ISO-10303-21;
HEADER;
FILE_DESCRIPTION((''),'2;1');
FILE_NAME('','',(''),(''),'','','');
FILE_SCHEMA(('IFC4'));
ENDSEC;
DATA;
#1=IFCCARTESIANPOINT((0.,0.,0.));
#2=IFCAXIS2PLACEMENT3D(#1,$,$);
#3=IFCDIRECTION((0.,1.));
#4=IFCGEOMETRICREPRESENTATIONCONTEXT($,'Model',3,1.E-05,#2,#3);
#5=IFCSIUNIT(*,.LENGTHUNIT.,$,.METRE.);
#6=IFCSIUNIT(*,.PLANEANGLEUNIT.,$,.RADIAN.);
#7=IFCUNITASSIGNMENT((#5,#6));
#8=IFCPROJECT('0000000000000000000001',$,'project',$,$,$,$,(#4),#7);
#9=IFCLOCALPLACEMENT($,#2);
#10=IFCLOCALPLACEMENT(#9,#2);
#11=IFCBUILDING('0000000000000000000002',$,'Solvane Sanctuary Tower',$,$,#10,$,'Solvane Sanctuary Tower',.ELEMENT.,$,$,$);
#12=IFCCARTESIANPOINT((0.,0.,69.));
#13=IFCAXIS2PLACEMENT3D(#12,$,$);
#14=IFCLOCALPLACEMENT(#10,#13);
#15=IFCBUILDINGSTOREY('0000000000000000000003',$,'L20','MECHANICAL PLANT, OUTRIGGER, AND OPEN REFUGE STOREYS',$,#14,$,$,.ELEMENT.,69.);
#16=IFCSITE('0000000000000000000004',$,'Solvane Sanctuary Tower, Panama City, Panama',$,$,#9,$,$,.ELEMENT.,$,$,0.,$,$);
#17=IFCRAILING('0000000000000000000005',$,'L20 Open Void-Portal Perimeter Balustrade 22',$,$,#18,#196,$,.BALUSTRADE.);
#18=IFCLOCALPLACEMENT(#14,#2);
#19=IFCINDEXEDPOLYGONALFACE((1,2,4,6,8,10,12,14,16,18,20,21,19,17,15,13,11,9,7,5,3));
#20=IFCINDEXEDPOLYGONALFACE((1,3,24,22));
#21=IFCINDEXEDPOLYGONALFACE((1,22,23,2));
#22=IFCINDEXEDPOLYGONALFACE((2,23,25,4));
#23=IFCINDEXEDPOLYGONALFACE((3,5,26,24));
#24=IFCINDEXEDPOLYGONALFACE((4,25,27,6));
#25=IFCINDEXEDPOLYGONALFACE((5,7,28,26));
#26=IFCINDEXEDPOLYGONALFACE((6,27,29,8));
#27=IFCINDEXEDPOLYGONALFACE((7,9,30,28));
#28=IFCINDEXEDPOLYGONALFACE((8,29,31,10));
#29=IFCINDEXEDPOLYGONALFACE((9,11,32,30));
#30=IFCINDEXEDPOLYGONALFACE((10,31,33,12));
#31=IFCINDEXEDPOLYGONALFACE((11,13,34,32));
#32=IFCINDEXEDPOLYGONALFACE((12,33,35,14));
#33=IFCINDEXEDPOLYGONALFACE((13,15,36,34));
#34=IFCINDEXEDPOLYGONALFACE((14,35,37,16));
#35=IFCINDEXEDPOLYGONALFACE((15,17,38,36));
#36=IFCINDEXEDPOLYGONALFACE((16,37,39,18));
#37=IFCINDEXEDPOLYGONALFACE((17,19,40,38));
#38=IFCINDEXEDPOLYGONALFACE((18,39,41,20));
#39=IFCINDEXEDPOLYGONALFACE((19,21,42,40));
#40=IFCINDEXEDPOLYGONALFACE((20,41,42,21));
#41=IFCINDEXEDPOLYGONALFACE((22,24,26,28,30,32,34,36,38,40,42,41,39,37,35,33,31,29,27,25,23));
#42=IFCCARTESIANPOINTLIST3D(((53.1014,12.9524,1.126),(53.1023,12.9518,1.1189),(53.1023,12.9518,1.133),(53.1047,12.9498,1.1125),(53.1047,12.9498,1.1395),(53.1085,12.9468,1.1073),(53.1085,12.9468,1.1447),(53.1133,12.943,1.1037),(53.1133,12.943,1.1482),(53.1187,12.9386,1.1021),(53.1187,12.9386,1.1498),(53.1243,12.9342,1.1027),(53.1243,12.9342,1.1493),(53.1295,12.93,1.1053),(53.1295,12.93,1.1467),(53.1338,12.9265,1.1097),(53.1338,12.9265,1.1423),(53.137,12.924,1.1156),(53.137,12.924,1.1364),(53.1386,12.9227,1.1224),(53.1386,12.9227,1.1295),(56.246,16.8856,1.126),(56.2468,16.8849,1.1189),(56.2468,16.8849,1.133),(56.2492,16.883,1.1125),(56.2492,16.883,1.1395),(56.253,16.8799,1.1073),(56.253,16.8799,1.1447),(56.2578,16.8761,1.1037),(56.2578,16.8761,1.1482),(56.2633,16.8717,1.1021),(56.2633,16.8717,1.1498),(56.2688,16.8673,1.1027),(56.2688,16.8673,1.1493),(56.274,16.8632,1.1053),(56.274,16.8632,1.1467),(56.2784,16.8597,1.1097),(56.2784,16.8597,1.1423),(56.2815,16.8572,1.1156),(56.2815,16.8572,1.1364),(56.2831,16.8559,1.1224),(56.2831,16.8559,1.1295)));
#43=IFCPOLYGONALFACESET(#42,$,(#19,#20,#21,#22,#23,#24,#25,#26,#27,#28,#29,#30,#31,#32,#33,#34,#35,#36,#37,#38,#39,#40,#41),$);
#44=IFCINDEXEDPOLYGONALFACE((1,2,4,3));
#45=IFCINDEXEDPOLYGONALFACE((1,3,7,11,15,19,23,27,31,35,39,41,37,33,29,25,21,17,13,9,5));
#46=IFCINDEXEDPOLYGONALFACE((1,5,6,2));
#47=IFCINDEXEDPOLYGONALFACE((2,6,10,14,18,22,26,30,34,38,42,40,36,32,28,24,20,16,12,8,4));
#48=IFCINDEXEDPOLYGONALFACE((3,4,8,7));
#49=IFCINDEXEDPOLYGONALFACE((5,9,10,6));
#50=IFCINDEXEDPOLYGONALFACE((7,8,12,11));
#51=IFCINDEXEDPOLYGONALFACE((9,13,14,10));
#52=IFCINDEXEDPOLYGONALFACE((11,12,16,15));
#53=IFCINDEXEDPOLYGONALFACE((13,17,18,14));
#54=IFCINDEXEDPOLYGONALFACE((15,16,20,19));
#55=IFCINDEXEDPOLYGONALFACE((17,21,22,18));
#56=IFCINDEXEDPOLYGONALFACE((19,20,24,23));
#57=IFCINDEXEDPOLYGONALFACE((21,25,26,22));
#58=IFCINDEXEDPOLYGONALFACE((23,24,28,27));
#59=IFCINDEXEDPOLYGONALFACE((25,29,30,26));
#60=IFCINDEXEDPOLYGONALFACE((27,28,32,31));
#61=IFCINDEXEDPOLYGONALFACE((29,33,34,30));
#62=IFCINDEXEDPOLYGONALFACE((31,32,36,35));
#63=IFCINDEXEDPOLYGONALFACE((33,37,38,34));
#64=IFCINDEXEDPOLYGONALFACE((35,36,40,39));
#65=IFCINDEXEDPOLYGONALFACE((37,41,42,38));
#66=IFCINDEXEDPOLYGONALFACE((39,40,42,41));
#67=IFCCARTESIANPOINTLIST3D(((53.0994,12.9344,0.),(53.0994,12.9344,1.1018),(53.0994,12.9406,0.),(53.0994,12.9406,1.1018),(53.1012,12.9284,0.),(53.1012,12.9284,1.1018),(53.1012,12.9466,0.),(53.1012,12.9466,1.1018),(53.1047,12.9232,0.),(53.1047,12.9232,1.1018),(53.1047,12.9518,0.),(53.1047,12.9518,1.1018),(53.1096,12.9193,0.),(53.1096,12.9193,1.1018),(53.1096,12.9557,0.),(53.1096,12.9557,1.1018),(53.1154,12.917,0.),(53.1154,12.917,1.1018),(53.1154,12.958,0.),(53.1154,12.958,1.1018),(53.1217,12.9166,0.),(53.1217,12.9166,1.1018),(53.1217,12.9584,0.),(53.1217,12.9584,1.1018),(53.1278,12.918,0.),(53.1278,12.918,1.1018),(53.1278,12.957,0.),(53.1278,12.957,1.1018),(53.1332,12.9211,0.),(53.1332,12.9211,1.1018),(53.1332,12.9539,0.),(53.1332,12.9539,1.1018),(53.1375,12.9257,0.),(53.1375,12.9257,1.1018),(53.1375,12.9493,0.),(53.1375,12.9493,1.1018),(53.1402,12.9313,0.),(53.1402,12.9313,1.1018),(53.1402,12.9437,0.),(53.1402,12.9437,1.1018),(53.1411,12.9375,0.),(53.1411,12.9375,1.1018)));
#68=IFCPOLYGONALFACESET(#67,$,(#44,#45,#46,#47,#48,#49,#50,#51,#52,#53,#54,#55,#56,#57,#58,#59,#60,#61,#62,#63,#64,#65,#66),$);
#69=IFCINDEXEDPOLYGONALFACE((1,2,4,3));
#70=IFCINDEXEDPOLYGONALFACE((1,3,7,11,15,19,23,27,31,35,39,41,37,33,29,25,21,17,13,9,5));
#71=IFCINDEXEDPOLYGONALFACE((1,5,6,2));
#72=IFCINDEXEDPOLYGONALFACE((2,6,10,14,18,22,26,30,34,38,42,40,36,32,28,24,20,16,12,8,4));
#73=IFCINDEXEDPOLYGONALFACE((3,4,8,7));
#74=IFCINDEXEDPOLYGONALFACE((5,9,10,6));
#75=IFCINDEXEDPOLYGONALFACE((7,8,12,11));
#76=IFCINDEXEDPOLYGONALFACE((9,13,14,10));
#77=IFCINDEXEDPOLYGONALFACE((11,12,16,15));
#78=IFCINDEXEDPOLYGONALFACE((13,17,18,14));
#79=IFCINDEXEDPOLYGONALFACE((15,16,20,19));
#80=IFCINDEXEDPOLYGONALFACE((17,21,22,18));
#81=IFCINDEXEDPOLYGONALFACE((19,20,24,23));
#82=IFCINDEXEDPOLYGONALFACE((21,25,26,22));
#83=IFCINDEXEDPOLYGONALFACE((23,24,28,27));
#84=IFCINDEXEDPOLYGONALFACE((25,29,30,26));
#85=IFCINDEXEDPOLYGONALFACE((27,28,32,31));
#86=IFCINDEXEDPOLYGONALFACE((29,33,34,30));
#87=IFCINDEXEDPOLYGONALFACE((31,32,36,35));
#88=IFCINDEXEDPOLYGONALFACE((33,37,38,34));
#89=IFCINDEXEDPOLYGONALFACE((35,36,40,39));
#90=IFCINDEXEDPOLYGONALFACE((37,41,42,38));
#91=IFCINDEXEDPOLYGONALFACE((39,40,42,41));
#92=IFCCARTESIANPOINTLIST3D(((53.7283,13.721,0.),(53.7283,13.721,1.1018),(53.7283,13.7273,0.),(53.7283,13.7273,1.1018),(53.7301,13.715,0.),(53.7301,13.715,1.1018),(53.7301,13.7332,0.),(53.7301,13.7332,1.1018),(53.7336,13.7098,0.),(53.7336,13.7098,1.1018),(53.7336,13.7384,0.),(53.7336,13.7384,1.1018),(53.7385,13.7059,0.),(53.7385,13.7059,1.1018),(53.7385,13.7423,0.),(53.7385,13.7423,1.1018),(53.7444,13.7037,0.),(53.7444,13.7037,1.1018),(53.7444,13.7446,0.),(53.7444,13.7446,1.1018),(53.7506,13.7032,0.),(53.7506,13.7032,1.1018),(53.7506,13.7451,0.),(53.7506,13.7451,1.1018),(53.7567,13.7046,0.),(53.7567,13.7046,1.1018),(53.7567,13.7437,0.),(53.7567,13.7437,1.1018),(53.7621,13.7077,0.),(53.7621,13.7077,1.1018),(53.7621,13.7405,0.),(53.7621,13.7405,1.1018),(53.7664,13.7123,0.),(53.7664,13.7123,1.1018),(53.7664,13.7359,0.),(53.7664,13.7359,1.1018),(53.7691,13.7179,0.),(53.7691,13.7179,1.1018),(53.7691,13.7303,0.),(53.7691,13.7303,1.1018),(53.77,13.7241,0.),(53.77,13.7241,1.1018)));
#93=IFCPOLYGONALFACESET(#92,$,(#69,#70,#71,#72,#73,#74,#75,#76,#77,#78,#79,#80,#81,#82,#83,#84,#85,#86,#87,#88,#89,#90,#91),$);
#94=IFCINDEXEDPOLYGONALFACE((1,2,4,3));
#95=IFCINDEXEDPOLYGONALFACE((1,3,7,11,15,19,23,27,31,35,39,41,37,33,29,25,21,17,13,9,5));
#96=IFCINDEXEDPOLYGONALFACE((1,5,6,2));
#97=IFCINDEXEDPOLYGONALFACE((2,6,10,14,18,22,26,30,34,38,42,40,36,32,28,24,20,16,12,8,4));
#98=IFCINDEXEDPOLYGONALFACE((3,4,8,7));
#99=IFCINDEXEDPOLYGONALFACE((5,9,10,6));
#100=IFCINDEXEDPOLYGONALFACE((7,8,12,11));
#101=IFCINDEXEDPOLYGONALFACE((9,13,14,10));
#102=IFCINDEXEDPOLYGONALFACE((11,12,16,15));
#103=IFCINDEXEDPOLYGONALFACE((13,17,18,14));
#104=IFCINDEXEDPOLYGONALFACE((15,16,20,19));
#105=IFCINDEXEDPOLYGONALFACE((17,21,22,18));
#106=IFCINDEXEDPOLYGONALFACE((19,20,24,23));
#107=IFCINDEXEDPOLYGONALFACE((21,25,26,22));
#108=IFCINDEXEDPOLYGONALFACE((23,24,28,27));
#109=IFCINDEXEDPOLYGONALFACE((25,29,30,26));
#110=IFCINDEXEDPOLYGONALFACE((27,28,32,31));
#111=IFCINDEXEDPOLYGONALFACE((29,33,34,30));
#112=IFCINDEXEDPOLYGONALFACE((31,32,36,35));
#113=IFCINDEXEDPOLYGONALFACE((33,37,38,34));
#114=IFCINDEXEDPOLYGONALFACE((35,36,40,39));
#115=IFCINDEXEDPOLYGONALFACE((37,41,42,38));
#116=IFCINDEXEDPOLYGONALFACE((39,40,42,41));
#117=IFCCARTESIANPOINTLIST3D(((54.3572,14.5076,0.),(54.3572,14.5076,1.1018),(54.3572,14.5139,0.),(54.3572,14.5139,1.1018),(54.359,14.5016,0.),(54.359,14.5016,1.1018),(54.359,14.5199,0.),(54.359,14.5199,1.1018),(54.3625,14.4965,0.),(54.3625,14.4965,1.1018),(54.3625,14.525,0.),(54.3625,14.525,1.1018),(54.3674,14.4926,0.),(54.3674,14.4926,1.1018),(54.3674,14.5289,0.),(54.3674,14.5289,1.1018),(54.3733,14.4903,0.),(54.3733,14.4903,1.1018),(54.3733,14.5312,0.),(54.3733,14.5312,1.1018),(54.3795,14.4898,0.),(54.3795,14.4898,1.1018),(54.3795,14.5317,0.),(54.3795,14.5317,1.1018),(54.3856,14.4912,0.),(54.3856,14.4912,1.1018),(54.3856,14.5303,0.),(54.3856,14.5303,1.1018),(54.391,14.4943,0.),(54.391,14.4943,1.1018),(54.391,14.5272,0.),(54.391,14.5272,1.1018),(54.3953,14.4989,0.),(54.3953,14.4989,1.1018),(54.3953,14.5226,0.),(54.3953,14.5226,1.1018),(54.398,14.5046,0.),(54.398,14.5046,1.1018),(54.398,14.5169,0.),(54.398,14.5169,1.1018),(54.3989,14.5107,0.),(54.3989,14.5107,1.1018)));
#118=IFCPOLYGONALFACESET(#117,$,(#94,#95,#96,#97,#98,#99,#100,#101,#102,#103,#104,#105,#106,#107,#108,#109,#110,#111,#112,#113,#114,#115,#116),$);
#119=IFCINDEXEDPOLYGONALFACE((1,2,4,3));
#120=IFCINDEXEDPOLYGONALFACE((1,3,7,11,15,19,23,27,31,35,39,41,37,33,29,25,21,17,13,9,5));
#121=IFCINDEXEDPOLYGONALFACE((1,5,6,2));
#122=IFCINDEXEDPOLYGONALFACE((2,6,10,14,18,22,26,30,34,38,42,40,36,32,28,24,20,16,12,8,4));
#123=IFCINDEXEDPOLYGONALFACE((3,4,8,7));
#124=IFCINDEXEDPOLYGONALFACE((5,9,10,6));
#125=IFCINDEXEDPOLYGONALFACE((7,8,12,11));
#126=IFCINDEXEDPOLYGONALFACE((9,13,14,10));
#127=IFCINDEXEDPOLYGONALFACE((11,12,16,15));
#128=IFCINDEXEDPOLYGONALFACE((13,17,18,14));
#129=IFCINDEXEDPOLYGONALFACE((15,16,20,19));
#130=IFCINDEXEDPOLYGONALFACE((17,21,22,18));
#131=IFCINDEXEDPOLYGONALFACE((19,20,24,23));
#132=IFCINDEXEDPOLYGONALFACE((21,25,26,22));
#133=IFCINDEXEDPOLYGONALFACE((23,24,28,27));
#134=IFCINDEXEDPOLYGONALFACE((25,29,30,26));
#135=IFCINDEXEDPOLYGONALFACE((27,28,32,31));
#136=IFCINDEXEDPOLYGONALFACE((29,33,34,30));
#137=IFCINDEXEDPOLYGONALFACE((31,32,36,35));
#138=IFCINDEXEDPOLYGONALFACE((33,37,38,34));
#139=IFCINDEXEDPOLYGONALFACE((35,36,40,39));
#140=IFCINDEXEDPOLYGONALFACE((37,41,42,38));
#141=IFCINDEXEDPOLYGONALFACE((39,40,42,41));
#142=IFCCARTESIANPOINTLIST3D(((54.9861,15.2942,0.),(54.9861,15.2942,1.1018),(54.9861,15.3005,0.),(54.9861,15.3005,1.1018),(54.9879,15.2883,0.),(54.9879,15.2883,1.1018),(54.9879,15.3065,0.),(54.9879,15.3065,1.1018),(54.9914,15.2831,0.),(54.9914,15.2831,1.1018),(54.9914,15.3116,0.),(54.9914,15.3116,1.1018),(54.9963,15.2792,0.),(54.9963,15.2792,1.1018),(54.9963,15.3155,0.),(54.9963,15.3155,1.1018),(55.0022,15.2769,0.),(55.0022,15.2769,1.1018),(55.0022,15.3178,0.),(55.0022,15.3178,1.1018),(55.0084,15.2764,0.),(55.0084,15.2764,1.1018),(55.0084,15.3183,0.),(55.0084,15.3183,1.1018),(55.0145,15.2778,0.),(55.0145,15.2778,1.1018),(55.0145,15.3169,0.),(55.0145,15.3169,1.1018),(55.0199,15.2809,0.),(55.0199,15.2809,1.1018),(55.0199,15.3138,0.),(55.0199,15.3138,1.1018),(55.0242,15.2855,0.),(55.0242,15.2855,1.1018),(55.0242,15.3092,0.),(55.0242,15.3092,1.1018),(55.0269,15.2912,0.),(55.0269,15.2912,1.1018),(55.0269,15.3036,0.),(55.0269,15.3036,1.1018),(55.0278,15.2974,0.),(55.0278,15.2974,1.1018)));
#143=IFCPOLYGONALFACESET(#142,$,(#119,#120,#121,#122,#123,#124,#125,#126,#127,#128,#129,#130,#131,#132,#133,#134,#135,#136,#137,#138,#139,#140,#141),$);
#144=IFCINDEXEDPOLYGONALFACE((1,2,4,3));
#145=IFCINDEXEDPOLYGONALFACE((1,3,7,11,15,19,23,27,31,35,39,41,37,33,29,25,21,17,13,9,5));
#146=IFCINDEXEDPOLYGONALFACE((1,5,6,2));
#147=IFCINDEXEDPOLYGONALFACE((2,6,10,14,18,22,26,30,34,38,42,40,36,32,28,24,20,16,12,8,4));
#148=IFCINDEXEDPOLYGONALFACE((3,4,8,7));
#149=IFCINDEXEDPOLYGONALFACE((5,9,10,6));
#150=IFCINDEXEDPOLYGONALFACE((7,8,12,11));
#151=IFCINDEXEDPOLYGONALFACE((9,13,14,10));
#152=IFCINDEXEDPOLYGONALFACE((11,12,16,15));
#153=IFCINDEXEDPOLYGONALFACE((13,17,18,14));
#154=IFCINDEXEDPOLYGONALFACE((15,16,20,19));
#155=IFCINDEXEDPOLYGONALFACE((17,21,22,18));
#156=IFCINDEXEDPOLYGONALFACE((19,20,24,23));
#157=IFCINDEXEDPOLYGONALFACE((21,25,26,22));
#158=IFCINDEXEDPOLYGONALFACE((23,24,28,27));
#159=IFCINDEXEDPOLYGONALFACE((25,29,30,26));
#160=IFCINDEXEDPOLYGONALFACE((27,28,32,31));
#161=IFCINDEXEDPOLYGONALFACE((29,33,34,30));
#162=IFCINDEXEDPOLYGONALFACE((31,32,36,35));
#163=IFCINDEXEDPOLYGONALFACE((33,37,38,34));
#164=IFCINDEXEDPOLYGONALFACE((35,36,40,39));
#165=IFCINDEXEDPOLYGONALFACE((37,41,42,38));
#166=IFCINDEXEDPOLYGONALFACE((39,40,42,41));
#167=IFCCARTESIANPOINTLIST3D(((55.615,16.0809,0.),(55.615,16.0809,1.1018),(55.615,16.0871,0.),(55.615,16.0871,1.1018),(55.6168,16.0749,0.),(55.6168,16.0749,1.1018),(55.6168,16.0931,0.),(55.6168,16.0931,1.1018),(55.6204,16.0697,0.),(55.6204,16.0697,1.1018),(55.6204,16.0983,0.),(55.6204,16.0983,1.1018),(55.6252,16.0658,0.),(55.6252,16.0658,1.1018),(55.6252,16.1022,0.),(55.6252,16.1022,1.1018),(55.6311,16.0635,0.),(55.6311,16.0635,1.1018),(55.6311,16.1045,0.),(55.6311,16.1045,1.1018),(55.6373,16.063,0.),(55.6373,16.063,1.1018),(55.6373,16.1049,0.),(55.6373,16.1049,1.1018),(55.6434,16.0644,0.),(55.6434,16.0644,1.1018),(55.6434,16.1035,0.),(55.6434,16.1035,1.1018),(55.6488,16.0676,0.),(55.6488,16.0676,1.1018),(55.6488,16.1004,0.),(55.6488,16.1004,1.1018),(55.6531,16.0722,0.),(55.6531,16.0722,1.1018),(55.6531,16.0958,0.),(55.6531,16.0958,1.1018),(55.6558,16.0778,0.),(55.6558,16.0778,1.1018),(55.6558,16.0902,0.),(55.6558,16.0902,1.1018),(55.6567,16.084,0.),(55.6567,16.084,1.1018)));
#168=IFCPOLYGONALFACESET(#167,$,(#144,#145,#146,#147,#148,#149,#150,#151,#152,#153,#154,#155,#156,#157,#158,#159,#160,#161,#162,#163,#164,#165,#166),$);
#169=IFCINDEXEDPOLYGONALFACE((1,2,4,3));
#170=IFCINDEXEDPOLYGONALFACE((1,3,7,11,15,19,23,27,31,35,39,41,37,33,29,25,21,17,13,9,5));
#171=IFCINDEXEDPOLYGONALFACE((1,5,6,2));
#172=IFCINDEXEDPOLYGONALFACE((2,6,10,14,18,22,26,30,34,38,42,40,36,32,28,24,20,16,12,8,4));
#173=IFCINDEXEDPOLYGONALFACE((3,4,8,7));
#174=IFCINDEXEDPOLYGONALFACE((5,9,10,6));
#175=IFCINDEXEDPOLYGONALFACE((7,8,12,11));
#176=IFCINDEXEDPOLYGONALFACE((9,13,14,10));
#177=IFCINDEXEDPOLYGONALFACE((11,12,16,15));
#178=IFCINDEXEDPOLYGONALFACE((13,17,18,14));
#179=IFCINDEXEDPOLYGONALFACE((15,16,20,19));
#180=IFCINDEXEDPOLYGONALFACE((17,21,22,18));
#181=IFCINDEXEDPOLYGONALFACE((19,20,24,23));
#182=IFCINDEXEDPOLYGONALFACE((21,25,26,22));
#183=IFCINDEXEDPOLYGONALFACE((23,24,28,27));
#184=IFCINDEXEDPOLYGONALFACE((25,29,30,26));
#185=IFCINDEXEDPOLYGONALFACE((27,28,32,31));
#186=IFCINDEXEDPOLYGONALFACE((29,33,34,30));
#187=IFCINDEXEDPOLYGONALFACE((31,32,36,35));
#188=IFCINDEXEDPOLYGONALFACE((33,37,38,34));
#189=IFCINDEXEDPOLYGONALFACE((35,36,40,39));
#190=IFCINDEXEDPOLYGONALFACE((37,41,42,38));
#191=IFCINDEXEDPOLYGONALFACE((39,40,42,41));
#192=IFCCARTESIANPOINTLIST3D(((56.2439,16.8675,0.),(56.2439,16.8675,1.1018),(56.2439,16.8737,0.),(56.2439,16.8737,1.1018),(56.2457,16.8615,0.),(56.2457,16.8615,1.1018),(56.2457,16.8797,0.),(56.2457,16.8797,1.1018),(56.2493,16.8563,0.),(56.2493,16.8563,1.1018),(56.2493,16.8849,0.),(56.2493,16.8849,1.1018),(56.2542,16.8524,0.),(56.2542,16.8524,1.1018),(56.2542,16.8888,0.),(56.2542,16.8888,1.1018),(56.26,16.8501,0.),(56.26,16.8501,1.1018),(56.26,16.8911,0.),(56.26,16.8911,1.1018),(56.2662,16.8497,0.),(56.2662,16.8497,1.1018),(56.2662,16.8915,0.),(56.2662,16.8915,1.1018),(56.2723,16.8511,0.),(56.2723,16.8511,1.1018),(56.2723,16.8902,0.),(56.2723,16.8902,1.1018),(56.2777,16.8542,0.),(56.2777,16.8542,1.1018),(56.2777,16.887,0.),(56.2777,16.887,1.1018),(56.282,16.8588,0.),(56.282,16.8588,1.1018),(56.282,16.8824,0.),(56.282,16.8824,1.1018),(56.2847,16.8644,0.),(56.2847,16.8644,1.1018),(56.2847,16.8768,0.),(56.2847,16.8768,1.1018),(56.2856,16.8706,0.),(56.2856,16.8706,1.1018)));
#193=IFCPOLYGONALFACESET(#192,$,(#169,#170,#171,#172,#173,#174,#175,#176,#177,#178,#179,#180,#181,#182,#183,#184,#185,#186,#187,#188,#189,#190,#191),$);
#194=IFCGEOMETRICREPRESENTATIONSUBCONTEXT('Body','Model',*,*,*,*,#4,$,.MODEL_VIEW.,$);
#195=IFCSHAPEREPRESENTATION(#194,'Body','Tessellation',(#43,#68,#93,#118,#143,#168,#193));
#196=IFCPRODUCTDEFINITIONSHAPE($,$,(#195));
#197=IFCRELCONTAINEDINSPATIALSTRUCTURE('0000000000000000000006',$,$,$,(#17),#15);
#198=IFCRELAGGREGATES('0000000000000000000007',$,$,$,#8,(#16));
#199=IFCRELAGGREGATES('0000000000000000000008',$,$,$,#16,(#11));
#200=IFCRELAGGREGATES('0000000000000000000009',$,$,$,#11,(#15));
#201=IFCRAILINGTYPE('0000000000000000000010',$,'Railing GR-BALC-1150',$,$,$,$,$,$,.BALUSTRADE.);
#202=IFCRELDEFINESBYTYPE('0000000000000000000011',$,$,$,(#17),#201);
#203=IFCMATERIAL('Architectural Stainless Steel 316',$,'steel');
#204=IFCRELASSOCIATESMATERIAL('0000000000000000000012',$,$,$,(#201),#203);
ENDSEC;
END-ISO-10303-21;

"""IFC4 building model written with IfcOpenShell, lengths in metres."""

from ifc_helpers import new_model, si_unit, direction, frame, origin, origin_2d, place, context, subcontext, project, spatial, circle, extrude, material, type_object, element, save


model = new_model("IFC4")

# Units and contexts
model_context = context("Model", 3, precision=1e-05, world=origin(), true_north=direction((0.0, 1.0)))
body_context = subcontext(model_context, "Body", "Model", "MODEL_VIEW")
ifc_project = project(units=[si_unit("LENGTHUNIT", "METRE"), si_unit("PLANEANGLEUNIT", "RADIAN")], contexts=[model_context])

# Site, building, storey
site_placement = place(None, origin())
site = spatial("IfcSite", under=ifc_project, at=site_placement, Name="Solvane Sanctuary Tower, Panama City, Panama", CompositionType="ELEMENT", RefElevation=0.0)
building_placement = place(site_placement, origin())
building = spatial("IfcBuilding", under=site, at=building_placement, Name="Solvane Sanctuary Tower", LongName="Solvane Sanctuary Tower", CompositionType="ELEMENT")
storey_placement = place(building_placement, frame((0.0, 0.0, 69.0)))
storey = spatial("IfcBuildingStorey", under=building, at=storey_placement, Name="L20", Description="MECHANICAL PLANT, OUTRIGGER, AND OPEN REFUGE STOREYS", CompositionType="ELEMENT", Elevation=69.0)

# Shared definitions
ifc_material_1 = material(Name="Architectural Stainless Steel 316", Category="steel")

# Railing
railing_type_1 = type_object("IfcRailingType", Name="Railing GR-BALC-1150", PredefinedType="BALUSTRADE", material=ifc_material_1)
railing_1_placement = place(storey_placement, frame((53.1201, 12.9375, 0.0)))
element("IfcRailing", 1, at=railing_1_placement, inside=storey, type_object=railing_type_1, Name="L20 Open Void-Portal Perimeter Balustrade 22", PredefinedType="BALUSTRADE", context=body_context, shape_type="SweptSolid", body=[
    extrude(circle(Radius=0.0239, at=origin_2d()), frame((0.0, 0.0, 1.126), z_axis=(0.624459, 0.781058, 0.0), x_axis=(-0.781058, 0.624459, 0.0)), (0.0, 0.0, 1.0), 5.0356),
    extrude(circle(Radius=0.021, at=origin_2d()), origin(), (0.0, 0.0, 1.0), 1.1018),
    extrude(circle(Radius=0.021, at=origin_2d()), frame((0.6289, 0.7866, 0.0)), (0.0, 0.0, 1.0), 1.1018),
    extrude(circle(Radius=0.021, at=origin_2d()), frame((1.2578, 1.5732, 0.0)), (0.0, 0.0, 1.0), 1.1018),
    extrude(circle(Radius=0.021, at=origin_2d()), frame((1.8867, 2.3599, 0.0)), (0.0, 0.0, 1.0), 1.1018),
    extrude(circle(Radius=0.021, at=origin_2d()), frame((2.5156, 3.1465, 0.0)), (0.0, 0.0, 1.0), 1.1018),
    extrude(circle(Radius=0.021, at=origin_2d()), frame((3.1445, 3.9331, 0.0)), (0.0, 0.0, 1.0), 1.1018),
])

save(model, "model.ifc")
